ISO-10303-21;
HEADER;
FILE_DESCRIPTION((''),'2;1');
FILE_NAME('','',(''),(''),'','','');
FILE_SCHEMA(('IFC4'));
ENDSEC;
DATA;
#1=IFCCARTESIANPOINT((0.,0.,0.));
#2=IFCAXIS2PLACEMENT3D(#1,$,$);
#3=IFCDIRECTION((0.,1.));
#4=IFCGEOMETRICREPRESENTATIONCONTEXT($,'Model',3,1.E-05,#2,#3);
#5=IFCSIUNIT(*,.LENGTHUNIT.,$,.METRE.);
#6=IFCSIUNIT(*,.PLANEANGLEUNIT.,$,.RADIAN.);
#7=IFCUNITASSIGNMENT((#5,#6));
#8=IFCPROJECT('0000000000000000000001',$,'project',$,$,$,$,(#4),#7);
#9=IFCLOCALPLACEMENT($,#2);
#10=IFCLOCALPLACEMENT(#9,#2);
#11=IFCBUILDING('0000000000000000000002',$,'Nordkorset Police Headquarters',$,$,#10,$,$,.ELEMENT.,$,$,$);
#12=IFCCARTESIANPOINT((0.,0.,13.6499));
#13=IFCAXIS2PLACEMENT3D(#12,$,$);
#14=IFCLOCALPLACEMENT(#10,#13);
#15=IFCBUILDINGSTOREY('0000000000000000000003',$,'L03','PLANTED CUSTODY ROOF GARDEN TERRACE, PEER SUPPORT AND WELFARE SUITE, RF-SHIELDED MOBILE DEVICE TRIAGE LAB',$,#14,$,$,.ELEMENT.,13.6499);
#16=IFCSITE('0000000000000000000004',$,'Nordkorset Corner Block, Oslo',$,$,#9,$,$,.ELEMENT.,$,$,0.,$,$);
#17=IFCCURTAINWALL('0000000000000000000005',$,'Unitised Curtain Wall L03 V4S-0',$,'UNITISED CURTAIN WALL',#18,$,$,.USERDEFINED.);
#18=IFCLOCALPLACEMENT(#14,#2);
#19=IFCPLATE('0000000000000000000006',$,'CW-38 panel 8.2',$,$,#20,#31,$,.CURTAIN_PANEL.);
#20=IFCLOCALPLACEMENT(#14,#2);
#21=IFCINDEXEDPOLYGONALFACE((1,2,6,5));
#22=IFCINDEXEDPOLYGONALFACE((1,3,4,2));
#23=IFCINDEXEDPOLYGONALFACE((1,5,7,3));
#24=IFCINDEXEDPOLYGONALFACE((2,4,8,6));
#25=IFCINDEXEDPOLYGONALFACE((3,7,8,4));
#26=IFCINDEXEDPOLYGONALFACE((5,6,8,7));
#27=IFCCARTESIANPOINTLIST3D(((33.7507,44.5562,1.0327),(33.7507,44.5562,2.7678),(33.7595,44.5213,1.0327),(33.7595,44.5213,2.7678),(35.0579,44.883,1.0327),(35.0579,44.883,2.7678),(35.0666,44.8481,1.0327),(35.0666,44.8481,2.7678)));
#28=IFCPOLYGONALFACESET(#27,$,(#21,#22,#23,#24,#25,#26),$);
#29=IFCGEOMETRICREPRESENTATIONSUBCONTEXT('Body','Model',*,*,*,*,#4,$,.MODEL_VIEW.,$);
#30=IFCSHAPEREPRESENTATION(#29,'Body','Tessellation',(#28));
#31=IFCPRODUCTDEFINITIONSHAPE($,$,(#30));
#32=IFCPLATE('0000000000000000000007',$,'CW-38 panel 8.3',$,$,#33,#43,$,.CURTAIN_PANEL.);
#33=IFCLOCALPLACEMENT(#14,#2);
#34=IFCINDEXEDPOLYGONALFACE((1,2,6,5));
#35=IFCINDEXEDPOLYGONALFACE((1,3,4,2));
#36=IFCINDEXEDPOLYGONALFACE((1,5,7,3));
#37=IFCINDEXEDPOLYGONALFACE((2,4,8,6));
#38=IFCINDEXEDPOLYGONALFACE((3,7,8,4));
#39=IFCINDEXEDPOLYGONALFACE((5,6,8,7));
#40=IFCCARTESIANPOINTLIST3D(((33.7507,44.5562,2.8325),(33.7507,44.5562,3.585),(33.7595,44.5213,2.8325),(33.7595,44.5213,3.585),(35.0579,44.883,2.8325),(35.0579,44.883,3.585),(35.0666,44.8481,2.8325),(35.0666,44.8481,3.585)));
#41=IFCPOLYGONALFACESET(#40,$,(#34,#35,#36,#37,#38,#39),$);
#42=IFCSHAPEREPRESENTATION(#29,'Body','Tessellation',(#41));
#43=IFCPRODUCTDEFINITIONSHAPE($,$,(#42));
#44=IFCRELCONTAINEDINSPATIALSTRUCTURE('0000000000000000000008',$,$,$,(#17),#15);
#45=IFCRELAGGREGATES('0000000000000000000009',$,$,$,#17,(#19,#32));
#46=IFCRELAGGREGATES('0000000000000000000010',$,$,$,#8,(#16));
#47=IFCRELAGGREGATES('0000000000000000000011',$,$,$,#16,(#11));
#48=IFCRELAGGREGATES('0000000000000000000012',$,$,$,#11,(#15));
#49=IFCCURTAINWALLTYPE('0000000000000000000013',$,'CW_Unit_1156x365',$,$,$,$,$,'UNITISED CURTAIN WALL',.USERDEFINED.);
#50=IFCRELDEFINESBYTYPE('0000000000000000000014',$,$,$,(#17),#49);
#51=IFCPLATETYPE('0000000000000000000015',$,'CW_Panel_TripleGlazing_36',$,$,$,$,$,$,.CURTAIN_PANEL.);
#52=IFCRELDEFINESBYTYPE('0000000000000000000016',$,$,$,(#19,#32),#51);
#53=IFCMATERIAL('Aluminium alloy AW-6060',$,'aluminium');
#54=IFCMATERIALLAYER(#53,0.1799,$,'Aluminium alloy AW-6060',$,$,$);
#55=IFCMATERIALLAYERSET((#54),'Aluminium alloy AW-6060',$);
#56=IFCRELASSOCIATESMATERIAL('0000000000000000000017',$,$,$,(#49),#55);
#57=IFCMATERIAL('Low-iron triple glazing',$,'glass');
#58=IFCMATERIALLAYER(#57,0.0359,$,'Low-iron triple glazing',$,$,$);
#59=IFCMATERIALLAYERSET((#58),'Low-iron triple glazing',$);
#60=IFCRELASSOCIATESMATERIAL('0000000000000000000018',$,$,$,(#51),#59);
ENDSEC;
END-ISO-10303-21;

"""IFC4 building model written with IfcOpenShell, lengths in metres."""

from ifc_helpers import new_model, si_unit, direction, frame, origin, origin_2d, place, context, subcontext, project, spatial, rectangle, extrude, material, layer, layer_set, type_object, element, aggregate, save


model = new_model("IFC4")

# Units and contexts
model_context = context("Model", 3, precision=1e-05, world=origin(), true_north=direction((0.0, 1.0)))
body_context = subcontext(model_context, "Body", "Model", "MODEL_VIEW")
ifc_project = project(units=[si_unit("LENGTHUNIT", "METRE"), si_unit("PLANEANGLEUNIT", "RADIAN")], contexts=[model_context])

# Site, building, storey
site_placement = place(None, origin())
site = spatial("IfcSite", under=ifc_project, at=site_placement, Name="Nordkorset Corner Block, Oslo", CompositionType="ELEMENT", RefElevation=0.0)
building_placement = place(site_placement, origin())
building = spatial("IfcBuilding", under=site, at=building_placement, Name="Nordkorset Police Headquarters", CompositionType="ELEMENT")
storey_placement = place(building_placement, frame((0.0, 0.0, 13.6499)))
storey = spatial("IfcBuildingStorey", under=building, at=storey_placement, Name="L03", Description="PLANTED CUSTODY ROOF GARDEN TERRACE, PEER SUPPORT AND WELFARE SUITE, RF-SHIELDED MOBILE DEVICE TRIAGE LAB", CompositionType="ELEMENT", Elevation=13.6499)

# Curtain wall
ifc_material_1 = material(Name="Aluminium alloy AW-6060", Category="aluminium")
ifc_layer_1 = layer(ifc_material_1, 0.1799, Name="Aluminium alloy AW-6060")
ifc_layer_set_1 = layer_set([ifc_layer_1], Name="Aluminium alloy AW-6060")
curtain_wall_type_1 = type_object("IfcCurtainWallType", Name="CW_Unit_1156x365", ElementType="UNITISED CURTAIN WALL", PredefinedType="USERDEFINED", material=ifc_layer_set_1)
curtain_wall_1_placement = place(storey_placement, origin())
curtain_wall_1 = element("IfcCurtainWall", 1, at=curtain_wall_1_placement, inside=storey, type_object=curtain_wall_type_1, Name="Unitised Curtain Wall L03 V4S-0", ObjectType="UNITISED CURTAIN WALL", PredefinedType="USERDEFINED")

# Plates
ifc_material_2 = material(Name="Low-iron triple glazing", Category="glass")
ifc_layer_2 = layer(ifc_material_2, 0.0359, Name="Low-iron triple glazing")
ifc_layer_set_2 = layer_set([ifc_layer_2], Name="Low-iron triple glazing")
plate_type = type_object("IfcPlateType", Name="CW_Panel_TripleGlazing_36", PredefinedType="CURTAIN_PANEL", material=ifc_layer_set_2)
plate_1_placement = place(storey_placement, frame((34.4087, 44.7021, 1.0327), z_axis=(0.0, 0.0, 1.0), x_axis=(0.970143, 0.242536, 0.0)))
plate_1 = element("IfcPlate", 2, at=plate_1_placement, type_object=plate_type, Name="CW-38 panel 8.2", PredefinedType="CURTAIN_PANEL", context=body_context, shape_type="SweptSolid", body=[
    extrude(rectangle(XDim=1.3474, YDim=0.0359, at=origin_2d()), origin(), (0.0, 0.0, 1.0), 1.7351),
])
plate_2_placement = place(storey_placement, frame((34.4087, 44.7021, 2.8325), z_axis=(0.0, 0.0, 1.0), x_axis=(0.970143, 0.242536, 0.0)))
plate_2 = element("IfcPlate", 3, at=plate_2_placement, type_object=plate_type, Name="CW-38 panel 8.3", PredefinedType="CURTAIN_PANEL", context=body_context, shape_type="SweptSolid", body=[
    extrude(rectangle(XDim=1.3474, YDim=0.0359, at=origin_2d()), origin(), (0.0, 0.0, 1.0), 0.7524),
])
aggregate(curtain_wall_1, [plate_1, plate_2])

save(model, "model.ifc")
